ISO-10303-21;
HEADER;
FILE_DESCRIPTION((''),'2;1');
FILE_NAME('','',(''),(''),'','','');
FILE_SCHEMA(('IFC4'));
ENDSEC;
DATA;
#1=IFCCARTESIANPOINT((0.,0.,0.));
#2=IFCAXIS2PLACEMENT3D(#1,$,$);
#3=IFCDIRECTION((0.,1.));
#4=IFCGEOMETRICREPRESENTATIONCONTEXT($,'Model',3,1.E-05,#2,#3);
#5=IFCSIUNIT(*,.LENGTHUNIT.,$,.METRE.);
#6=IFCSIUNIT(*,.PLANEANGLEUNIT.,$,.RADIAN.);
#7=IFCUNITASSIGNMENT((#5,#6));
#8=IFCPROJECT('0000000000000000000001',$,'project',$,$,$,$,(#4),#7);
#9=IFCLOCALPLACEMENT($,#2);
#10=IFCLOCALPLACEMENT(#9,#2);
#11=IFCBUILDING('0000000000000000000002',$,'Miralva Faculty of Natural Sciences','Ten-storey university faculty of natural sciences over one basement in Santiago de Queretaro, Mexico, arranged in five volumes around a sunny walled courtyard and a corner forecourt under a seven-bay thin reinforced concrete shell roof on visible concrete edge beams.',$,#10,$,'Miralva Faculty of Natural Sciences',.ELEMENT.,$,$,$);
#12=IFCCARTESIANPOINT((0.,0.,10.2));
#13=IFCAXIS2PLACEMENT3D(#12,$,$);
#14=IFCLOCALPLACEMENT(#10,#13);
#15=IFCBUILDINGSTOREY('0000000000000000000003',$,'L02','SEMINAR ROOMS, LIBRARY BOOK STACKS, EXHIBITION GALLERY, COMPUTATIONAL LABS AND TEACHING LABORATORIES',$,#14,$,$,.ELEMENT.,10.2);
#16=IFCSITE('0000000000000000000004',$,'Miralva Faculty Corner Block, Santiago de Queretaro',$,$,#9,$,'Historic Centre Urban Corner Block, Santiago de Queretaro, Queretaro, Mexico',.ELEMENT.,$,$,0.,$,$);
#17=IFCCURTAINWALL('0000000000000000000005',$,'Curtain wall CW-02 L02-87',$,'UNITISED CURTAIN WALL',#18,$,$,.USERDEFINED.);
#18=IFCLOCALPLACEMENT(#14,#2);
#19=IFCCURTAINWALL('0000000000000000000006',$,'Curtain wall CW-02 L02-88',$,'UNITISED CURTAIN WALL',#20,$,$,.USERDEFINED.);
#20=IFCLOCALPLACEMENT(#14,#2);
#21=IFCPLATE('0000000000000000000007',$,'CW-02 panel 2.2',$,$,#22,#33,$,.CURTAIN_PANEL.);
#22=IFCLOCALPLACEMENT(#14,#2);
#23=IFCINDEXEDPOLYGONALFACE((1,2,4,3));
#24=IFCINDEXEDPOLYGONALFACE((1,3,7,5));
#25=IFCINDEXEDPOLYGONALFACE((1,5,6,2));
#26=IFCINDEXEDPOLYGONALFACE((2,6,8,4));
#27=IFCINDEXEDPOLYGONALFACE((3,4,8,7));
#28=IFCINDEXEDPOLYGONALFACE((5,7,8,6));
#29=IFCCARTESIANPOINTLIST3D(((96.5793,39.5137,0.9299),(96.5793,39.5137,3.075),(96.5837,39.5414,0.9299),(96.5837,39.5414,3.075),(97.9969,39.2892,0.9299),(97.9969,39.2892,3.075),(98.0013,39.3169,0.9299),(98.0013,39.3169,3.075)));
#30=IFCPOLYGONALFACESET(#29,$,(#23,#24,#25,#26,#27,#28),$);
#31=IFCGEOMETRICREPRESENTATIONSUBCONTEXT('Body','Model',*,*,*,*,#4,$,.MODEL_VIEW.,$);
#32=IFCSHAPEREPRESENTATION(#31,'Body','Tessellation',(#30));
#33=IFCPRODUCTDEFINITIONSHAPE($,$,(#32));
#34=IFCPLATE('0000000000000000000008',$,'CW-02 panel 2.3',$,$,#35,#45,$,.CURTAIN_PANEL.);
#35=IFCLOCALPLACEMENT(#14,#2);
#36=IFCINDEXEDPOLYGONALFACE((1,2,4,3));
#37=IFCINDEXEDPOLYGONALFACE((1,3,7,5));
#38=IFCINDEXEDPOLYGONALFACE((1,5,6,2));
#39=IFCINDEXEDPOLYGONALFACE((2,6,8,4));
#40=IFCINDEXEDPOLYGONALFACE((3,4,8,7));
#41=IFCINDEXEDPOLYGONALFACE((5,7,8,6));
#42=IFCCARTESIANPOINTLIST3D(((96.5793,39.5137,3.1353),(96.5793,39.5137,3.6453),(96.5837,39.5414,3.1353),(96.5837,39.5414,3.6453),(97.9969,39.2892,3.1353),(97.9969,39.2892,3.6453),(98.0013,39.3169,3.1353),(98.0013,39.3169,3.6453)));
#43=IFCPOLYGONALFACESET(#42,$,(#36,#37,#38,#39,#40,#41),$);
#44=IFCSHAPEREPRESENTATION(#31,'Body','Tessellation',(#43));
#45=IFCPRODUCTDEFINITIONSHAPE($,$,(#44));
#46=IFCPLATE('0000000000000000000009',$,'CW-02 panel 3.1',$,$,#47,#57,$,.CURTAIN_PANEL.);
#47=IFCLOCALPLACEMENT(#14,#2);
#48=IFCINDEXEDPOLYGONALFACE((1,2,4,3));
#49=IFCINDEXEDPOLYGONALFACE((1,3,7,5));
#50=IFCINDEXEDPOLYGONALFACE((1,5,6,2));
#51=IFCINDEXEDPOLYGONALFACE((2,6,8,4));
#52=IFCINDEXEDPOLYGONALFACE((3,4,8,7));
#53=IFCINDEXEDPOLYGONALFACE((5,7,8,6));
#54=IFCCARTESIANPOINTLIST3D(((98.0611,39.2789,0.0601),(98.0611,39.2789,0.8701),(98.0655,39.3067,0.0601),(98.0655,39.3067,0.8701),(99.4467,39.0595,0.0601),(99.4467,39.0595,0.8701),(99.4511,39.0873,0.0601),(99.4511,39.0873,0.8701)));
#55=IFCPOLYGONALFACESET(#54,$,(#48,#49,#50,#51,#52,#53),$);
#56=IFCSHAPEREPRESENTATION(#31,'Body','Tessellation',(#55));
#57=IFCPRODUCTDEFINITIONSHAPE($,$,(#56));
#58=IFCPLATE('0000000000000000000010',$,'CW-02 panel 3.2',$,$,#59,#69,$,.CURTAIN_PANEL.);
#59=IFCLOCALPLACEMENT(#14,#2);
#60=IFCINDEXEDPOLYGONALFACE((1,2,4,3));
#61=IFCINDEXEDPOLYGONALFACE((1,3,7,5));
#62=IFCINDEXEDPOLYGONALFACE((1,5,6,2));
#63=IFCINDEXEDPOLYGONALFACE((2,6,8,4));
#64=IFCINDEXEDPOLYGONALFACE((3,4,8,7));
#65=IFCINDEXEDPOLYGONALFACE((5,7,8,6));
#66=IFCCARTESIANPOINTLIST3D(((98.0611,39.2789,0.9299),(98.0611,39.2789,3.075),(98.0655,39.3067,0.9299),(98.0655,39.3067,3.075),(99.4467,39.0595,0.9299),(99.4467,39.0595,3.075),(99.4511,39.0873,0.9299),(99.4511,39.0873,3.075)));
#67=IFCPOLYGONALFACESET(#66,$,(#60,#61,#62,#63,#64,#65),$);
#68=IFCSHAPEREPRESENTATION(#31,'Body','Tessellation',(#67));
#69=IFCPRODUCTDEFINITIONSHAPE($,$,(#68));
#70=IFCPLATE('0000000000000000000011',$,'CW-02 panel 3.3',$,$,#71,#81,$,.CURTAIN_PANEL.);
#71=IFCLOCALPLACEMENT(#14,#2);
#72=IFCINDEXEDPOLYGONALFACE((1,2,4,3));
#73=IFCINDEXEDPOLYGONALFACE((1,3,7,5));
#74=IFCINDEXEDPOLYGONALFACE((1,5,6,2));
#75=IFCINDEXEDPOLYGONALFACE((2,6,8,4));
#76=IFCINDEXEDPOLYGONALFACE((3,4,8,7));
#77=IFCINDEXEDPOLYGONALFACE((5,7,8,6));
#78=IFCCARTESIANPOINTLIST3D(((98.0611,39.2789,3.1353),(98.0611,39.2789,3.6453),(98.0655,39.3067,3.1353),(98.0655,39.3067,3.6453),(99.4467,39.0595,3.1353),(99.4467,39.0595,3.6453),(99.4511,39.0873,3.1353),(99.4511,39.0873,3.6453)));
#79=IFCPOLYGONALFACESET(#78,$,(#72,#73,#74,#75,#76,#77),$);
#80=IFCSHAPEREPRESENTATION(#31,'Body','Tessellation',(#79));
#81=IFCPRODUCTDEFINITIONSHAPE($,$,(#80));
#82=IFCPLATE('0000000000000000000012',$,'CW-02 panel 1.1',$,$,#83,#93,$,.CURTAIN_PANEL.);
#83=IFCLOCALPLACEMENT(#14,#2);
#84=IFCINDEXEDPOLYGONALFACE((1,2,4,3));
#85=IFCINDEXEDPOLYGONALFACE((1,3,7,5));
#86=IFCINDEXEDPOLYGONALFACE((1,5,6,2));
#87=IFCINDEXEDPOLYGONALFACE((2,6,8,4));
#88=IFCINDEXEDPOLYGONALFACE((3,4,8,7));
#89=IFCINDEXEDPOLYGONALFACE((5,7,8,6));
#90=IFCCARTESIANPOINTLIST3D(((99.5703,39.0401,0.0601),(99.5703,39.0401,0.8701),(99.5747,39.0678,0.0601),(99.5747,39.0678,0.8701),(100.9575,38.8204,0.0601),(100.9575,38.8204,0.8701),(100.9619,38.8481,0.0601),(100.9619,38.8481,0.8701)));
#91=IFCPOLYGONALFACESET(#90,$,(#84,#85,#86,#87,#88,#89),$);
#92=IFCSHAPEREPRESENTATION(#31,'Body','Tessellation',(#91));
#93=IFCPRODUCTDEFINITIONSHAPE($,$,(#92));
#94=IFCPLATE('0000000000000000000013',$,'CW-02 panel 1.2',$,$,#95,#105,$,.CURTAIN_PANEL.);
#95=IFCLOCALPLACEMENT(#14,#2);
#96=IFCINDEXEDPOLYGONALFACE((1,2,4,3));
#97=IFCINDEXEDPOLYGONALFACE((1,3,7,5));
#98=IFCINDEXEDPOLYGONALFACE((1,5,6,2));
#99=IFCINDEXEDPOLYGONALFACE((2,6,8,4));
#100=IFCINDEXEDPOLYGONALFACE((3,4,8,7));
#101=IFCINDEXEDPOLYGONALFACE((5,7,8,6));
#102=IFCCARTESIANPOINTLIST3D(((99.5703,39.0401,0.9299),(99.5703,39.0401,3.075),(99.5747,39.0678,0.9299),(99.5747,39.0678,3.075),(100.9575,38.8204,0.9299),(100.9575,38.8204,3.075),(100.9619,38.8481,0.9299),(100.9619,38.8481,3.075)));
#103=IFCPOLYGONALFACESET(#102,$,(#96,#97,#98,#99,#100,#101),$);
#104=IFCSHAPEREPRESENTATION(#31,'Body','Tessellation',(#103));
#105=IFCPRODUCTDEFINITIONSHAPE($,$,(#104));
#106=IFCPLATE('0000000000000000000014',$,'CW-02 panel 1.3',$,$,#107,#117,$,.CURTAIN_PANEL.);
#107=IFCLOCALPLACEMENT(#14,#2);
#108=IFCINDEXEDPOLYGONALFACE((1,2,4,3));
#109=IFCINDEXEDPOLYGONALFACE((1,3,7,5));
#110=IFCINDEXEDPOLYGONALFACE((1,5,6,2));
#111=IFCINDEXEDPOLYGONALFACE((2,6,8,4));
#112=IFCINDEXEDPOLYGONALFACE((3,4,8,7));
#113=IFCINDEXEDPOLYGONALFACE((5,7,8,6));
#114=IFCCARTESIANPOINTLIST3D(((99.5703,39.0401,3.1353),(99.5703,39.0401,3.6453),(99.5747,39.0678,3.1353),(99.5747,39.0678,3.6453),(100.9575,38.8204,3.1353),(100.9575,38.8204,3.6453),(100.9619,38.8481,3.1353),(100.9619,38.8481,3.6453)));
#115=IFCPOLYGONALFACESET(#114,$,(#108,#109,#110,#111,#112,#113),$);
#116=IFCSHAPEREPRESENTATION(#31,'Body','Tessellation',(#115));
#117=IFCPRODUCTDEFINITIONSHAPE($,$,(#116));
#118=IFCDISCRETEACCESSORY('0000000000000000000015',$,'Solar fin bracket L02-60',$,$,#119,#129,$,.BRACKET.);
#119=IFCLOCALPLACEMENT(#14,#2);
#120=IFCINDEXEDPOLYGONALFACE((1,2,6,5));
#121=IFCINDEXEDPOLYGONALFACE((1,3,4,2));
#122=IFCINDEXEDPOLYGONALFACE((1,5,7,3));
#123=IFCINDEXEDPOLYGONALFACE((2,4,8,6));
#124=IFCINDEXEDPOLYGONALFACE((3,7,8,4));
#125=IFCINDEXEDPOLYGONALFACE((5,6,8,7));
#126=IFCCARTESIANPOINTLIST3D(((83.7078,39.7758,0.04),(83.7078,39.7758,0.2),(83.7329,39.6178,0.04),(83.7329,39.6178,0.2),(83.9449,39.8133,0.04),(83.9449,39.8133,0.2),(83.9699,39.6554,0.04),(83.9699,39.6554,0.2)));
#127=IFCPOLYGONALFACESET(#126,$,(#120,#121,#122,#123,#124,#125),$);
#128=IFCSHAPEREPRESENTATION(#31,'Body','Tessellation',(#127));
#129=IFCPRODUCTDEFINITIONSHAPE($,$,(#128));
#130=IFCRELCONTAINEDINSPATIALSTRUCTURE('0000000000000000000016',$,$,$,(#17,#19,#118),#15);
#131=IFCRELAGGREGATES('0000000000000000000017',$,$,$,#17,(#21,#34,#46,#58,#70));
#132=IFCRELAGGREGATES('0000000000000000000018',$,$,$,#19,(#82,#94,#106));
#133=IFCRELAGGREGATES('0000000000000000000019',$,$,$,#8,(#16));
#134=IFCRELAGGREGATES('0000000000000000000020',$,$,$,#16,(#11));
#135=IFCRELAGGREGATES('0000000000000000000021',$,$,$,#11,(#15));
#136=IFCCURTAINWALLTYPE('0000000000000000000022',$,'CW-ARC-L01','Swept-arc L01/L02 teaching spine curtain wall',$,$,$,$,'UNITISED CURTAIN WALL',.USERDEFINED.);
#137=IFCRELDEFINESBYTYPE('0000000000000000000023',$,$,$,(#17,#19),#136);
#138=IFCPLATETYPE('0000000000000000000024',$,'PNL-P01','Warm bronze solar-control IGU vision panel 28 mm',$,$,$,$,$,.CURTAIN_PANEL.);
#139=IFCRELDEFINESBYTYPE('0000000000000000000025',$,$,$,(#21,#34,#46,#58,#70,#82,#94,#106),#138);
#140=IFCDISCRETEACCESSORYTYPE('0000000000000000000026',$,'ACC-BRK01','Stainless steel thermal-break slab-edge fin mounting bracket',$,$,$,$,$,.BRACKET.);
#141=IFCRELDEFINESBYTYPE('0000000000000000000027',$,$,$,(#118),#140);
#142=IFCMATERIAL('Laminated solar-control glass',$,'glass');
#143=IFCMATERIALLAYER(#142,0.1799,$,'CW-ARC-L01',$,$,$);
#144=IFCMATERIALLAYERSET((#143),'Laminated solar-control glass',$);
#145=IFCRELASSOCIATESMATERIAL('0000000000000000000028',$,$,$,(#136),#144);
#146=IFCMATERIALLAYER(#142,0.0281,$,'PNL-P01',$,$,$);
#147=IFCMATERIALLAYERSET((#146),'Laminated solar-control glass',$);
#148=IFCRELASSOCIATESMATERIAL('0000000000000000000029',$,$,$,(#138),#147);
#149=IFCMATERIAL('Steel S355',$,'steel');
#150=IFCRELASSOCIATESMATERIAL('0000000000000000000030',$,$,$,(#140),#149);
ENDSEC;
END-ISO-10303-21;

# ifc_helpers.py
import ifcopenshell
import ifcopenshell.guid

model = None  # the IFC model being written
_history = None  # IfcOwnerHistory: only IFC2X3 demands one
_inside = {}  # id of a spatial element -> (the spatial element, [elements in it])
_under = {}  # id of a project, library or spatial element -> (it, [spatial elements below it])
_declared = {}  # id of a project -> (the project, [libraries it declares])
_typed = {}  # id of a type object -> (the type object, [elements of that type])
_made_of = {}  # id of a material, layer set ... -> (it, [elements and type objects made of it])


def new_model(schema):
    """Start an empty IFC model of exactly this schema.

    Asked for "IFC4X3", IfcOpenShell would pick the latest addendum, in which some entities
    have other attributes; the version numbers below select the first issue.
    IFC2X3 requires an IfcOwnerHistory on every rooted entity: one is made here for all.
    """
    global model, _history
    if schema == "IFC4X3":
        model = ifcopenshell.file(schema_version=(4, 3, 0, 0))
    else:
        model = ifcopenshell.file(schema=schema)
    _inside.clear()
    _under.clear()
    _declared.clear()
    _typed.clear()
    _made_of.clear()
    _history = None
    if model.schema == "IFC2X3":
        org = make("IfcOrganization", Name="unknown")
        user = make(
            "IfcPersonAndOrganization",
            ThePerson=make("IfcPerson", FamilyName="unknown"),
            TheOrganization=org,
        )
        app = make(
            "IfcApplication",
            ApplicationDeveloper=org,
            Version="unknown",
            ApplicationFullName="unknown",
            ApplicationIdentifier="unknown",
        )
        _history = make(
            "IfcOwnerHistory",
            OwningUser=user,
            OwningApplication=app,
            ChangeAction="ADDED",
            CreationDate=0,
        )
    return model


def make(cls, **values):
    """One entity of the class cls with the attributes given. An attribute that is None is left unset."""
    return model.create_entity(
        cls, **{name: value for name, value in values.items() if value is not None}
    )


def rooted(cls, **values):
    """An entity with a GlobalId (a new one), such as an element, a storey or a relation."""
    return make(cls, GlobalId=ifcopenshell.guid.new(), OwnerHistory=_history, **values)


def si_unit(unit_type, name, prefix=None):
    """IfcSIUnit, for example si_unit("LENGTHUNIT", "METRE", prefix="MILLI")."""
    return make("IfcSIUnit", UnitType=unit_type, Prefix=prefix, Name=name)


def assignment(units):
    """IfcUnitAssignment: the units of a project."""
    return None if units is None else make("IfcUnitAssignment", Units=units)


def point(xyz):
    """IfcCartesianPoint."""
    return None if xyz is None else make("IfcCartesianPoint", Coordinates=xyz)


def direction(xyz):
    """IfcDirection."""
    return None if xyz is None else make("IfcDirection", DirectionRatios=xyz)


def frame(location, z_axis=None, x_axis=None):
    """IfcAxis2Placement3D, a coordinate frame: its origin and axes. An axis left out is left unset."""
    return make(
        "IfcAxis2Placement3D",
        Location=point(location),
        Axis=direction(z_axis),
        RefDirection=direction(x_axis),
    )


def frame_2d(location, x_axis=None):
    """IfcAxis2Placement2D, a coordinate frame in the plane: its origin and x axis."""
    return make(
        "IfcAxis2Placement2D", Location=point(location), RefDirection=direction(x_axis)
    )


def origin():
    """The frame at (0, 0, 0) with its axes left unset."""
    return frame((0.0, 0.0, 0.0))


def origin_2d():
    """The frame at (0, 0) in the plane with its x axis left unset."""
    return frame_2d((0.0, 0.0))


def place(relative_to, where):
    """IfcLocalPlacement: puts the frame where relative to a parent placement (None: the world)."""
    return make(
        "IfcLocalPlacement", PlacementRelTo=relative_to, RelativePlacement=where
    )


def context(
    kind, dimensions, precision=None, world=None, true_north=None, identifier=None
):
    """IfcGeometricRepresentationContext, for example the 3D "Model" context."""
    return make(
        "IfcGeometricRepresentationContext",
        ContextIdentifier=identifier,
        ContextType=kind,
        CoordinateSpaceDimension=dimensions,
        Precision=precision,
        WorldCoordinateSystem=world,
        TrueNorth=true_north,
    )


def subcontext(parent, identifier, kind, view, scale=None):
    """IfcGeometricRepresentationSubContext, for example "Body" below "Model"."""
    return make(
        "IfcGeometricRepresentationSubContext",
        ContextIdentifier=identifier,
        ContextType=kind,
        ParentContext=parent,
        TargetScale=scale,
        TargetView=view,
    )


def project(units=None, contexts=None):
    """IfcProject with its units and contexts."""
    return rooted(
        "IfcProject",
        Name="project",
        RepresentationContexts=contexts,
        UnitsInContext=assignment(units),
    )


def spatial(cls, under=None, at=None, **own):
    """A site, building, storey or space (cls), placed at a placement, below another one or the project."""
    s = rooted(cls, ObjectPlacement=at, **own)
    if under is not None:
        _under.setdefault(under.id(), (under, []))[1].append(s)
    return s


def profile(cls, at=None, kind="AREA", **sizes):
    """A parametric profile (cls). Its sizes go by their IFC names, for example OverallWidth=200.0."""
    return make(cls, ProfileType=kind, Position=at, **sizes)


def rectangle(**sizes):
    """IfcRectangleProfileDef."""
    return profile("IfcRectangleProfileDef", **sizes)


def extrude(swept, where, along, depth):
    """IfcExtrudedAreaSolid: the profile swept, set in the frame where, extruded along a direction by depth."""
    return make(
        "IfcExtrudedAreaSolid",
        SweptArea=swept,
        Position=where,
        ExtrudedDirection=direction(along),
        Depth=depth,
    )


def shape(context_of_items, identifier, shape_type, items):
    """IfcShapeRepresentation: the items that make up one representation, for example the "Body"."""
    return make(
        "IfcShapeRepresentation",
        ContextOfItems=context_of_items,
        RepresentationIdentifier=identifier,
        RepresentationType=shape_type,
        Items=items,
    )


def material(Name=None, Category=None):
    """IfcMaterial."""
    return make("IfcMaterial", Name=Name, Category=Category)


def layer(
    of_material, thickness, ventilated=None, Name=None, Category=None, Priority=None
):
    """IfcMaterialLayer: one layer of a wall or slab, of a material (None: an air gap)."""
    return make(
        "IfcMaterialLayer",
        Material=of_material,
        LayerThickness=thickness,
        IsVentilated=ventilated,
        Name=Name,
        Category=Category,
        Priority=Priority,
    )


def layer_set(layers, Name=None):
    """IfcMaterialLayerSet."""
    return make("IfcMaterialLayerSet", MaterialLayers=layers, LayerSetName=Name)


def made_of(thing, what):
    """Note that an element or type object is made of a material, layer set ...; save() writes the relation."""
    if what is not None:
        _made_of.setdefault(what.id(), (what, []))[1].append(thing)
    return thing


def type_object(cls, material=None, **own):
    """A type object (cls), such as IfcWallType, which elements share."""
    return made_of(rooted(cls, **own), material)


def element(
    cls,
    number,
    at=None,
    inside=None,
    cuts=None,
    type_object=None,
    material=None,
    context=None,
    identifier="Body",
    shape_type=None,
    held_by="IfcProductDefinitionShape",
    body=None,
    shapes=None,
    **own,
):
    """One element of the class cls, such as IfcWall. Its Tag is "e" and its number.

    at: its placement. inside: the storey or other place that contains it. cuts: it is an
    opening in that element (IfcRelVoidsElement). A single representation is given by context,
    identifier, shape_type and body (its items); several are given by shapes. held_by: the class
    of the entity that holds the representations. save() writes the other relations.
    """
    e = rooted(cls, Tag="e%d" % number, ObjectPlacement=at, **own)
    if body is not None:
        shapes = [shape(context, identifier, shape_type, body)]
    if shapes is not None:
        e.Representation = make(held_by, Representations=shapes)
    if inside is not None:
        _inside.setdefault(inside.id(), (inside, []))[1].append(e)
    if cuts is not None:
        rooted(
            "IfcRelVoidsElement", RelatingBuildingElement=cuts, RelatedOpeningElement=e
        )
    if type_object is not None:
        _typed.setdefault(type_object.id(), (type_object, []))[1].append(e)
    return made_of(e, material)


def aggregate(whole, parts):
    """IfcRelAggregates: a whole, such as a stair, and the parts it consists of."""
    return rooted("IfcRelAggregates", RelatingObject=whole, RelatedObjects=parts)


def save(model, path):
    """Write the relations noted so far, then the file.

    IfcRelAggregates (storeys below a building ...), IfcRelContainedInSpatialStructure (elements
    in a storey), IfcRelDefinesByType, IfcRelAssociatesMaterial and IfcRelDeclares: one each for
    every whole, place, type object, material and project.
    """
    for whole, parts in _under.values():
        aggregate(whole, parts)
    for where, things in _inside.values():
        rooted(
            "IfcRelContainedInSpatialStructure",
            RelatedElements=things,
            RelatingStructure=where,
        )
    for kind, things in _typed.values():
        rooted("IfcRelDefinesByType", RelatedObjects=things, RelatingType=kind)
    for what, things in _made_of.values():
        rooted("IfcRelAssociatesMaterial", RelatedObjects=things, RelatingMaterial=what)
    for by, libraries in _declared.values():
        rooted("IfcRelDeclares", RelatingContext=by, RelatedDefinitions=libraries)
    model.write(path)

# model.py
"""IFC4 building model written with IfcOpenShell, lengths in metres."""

from ifc_helpers import new_model, si_unit, direction, frame, origin, origin_2d, place, context, subcontext, project, spatial, rectangle, extrude, material, layer, layer_set, type_object, element, aggregate, save


model = new_model("IFC4")

# Units and contexts
model_context = context("Model", 3, precision=1e-05, world=origin(), true_north=direction((0.0, 1.0)))
body_context = subcontext(model_context, "Body", "Model", "MODEL_VIEW")
ifc_project = project(units=[si_unit("LENGTHUNIT", "METRE"), si_unit("PLANEANGLEUNIT", "RADIAN")], contexts=[model_context])

# Site, building, storey
site_placement = place(None, origin())
site = spatial("IfcSite", under=ifc_project, at=site_placement, Name="Miralva Faculty Corner Block, Santiago de Queretaro", LongName="Historic Centre Urban Corner Block, Santiago de Queretaro, Queretaro, Mexico", CompositionType="ELEMENT", RefElevation=0.0)
building_placement = place(site_placement, origin())
building = spatial("IfcBuilding", under=site, at=building_placement, Name="Miralva Faculty of Natural Sciences", Description="Ten-storey university faculty of natural sciences over one basement in Santiago de Queretaro, Mexico, arranged in five volumes around a sunny walled courtyard and a corner forecourt under a seven-bay thin reinforced concrete shell roof on visible concrete edge beams.", LongName="Miralva Faculty of Natural Sciences", CompositionType="ELEMENT")
storey_placement = place(building_placement, frame((0.0, 0.0, 10.2)))
storey = spatial("IfcBuildingStorey", under=building, at=storey_placement, Name="L02", Description="SEMINAR ROOMS, LIBRARY BOOK STACKS, EXHIBITION GALLERY, COMPUTATIONAL LABS AND TEACHING LABORATORIES", CompositionType="ELEMENT", Elevation=10.2)

# Curtain wall
ifc_material_1 = material(Name="Laminated solar-control glass", Category="glass")
ifc_layer_1 = layer(ifc_material_1, 0.1799, Name="CW-ARC-L01")
ifc_layer_set_1 = layer_set([ifc_layer_1], Name="Laminated solar-control glass")
curtain_wall_type = type_object("IfcCurtainWallType", Name="CW-ARC-L01", Description="Swept-arc L01/L02 teaching spine curtain wall", ElementType="UNITISED CURTAIN WALL", PredefinedType="USERDEFINED", material=ifc_layer_set_1)
curtain_wall_1_placement = place(storey_placement, origin())
curtain_wall_1 = element("IfcCurtainWall", 1, at=curtain_wall_1_placement, inside=storey, type_object=curtain_wall_type, Name="Curtain wall CW-02 L02-87", ObjectType="UNITISED CURTAIN WALL", PredefinedType="USERDEFINED")

# Curtain wall
curtain_wall_2_placement = place(storey_placement, origin())
curtain_wall_2 = element("IfcCurtainWall", 2, at=curtain_wall_2_placement, inside=storey, type_object=curtain_wall_type, Name="Curtain wall CW-02 L02-88", ObjectType="UNITISED CURTAIN WALL", PredefinedType="USERDEFINED")

# Plates
ifc_layer_2 = layer(ifc_material_1, 0.0281, Name="PNL-P01")
ifc_layer_set_2 = layer_set([ifc_layer_2], Name="Laminated solar-control glass")
plate_type = type_object("IfcPlateType", Name="PNL-P01", Description="Warm bronze solar-control IGU vision panel 28 mm", PredefinedType="CURTAIN_PANEL", material=ifc_layer_set_2)
plate_1_placement = place(storey_placement, frame((97.2903, 39.4153, 0.9299), z_axis=(0.0, 0.0, 1.0), x_axis=(0.987692, -0.15641, 0.0)))
plate_1 = element("IfcPlate", 3, at=plate_1_placement, type_object=plate_type, Name="CW-02 panel 2.2", PredefinedType="CURTAIN_PANEL", context=body_context, shape_type="SweptSolid", body=[
    extrude(rectangle(XDim=1.4353, YDim=0.0281, at=origin_2d()), origin(), (0.0, 0.0, 1.0), 2.145),
])
plate_2_placement = place(storey_placement, frame((97.2903, 39.4153, 3.1353), z_axis=(0.0, 0.0, 1.0), x_axis=(0.987692, -0.15641, 0.0)))
plate_2 = element("IfcPlate", 4, at=plate_2_placement, type_object=plate_type, Name="CW-02 panel 2.3", PredefinedType="CURTAIN_PANEL", context=body_context, shape_type="SweptSolid", body=[
    extrude(rectangle(XDim=1.4353, YDim=0.0281, at=origin_2d()), origin(), (0.0, 0.0, 1.0), 0.51),
])
plate_3_placement = place(storey_placement, frame((98.7561, 39.1831, 0.0601), z_axis=(0.0, 0.0, 1.0), x_axis=(0.987692, -0.15641, 0.0)))
plate_3 = element("IfcPlate", 5, at=plate_3_placement, type_object=plate_type, Name="CW-02 panel 3.1", PredefinedType="CURTAIN_PANEL", context=body_context, shape_type="SweptSolid", body=[
    extrude(rectangle(XDim=1.4028, YDim=0.0281, at=origin_2d()), origin(), (0.0, 0.0, 1.0), 0.8101),
])
plate_4_placement = place(storey_placement, frame((98.7561, 39.1831, 0.9299), z_axis=(0.0, 0.0, 1.0), x_axis=(0.987692, -0.15641, 0.0)))
plate_4 = element("IfcPlate", 6, at=plate_4_placement, type_object=plate_type, Name="CW-02 panel 3.2", PredefinedType="CURTAIN_PANEL", context=body_context, shape_type="SweptSolid", body=[
    extrude(rectangle(XDim=1.4028, YDim=0.0281, at=origin_2d()), origin(), (0.0, 0.0, 1.0), 2.145),
])
plate_5_placement = place(storey_placement, frame((98.7561, 39.1831, 3.1353), z_axis=(0.0, 0.0, 1.0), x_axis=(0.987692, -0.15641, 0.0)))
plate_5 = element("IfcPlate", 7, at=plate_5_placement, type_object=plate_type, Name="CW-02 panel 3.3", PredefinedType="CURTAIN_PANEL", context=body_context, shape_type="SweptSolid", body=[
    extrude(rectangle(XDim=1.4028, YDim=0.0281, at=origin_2d()), origin(), (0.0, 0.0, 1.0), 0.51),
])
aggregate(curtain_wall_1, [plate_1, plate_2, plate_3, plate_4, plate_5])
plate_6_placement = place(storey_placement, frame((100.2661, 38.9441, 0.0601), z_axis=(0.0, 0.0, 1.0), x_axis=(0.987688, -0.156437, 0.0)))
plate_6 = element("IfcPlate", 8, at=plate_6_placement, type_object=plate_type, Name="CW-02 panel 1.1", PredefinedType="CURTAIN_PANEL", context=body_context, shape_type="SweptSolid", body=[
    extrude(rectangle(XDim=1.4045, YDim=0.0281, at=origin_2d()), origin(), (0.0, 0.0, 1.0), 0.8101),
])
plate_7_placement = place(storey_placement, frame((100.2661, 38.9441, 0.9299), z_axis=(0.0, 0.0, 1.0), x_axis=(0.987688, -0.156437, 0.0)))
plate_7 = element("IfcPlate", 9, at=plate_7_placement, type_object=plate_type, Name="CW-02 panel 1.2", PredefinedType="CURTAIN_PANEL", context=body_context, shape_type="SweptSolid", body=[
    extrude(rectangle(XDim=1.4045, YDim=0.0281, at=origin_2d()), origin(), (0.0, 0.0, 1.0), 2.145),
])
plate_8_placement = place(storey_placement, frame((100.2661, 38.9441, 3.1353), z_axis=(0.0, 0.0, 1.0), x_axis=(0.987688, -0.156437, 0.0)))
plate_8 = element("IfcPlate", 10, at=plate_8_placement, type_object=plate_type, Name="CW-02 panel 1.3", PredefinedType="CURTAIN_PANEL", context=body_context, shape_type="SweptSolid", body=[
    extrude(rectangle(XDim=1.4045, YDim=0.0281, at=origin_2d()), origin(), (0.0, 0.0, 1.0), 0.51),
])
aggregate(curtain_wall_2, [plate_6, plate_7, plate_8])

# Discrete accessory
ifc_material_2 = material(Name="Steel S355", Category="steel")
discrete_accessory_type = type_object("IfcDiscreteAccessoryType", Name="ACC-BRK01", Description="Stainless steel thermal-break slab-edge fin mounting bracket", PredefinedType="BRACKET", material=ifc_material_2)
discrete_accessory_placement = place(storey_placement, frame((83.8389, 39.7156, 0.04), z_axis=(0.0, 0.0, 1.0), x_axis=(-0.156434, 0.987688, 0.0)))
element("IfcDiscreteAccessory", 11, at=discrete_accessory_placement, inside=storey, type_object=discrete_accessory_type, Name="Solar fin bracket L02-60", PredefinedType="BRACKET", context=body_context, shape_type="SweptSolid", body=[
    extrude(rectangle(XDim=0.1599, YDim=0.24, at=origin_2d()), origin(), (0.0, 0.0, 1.0), 0.1599),
])

save(model, "model.ifc")
